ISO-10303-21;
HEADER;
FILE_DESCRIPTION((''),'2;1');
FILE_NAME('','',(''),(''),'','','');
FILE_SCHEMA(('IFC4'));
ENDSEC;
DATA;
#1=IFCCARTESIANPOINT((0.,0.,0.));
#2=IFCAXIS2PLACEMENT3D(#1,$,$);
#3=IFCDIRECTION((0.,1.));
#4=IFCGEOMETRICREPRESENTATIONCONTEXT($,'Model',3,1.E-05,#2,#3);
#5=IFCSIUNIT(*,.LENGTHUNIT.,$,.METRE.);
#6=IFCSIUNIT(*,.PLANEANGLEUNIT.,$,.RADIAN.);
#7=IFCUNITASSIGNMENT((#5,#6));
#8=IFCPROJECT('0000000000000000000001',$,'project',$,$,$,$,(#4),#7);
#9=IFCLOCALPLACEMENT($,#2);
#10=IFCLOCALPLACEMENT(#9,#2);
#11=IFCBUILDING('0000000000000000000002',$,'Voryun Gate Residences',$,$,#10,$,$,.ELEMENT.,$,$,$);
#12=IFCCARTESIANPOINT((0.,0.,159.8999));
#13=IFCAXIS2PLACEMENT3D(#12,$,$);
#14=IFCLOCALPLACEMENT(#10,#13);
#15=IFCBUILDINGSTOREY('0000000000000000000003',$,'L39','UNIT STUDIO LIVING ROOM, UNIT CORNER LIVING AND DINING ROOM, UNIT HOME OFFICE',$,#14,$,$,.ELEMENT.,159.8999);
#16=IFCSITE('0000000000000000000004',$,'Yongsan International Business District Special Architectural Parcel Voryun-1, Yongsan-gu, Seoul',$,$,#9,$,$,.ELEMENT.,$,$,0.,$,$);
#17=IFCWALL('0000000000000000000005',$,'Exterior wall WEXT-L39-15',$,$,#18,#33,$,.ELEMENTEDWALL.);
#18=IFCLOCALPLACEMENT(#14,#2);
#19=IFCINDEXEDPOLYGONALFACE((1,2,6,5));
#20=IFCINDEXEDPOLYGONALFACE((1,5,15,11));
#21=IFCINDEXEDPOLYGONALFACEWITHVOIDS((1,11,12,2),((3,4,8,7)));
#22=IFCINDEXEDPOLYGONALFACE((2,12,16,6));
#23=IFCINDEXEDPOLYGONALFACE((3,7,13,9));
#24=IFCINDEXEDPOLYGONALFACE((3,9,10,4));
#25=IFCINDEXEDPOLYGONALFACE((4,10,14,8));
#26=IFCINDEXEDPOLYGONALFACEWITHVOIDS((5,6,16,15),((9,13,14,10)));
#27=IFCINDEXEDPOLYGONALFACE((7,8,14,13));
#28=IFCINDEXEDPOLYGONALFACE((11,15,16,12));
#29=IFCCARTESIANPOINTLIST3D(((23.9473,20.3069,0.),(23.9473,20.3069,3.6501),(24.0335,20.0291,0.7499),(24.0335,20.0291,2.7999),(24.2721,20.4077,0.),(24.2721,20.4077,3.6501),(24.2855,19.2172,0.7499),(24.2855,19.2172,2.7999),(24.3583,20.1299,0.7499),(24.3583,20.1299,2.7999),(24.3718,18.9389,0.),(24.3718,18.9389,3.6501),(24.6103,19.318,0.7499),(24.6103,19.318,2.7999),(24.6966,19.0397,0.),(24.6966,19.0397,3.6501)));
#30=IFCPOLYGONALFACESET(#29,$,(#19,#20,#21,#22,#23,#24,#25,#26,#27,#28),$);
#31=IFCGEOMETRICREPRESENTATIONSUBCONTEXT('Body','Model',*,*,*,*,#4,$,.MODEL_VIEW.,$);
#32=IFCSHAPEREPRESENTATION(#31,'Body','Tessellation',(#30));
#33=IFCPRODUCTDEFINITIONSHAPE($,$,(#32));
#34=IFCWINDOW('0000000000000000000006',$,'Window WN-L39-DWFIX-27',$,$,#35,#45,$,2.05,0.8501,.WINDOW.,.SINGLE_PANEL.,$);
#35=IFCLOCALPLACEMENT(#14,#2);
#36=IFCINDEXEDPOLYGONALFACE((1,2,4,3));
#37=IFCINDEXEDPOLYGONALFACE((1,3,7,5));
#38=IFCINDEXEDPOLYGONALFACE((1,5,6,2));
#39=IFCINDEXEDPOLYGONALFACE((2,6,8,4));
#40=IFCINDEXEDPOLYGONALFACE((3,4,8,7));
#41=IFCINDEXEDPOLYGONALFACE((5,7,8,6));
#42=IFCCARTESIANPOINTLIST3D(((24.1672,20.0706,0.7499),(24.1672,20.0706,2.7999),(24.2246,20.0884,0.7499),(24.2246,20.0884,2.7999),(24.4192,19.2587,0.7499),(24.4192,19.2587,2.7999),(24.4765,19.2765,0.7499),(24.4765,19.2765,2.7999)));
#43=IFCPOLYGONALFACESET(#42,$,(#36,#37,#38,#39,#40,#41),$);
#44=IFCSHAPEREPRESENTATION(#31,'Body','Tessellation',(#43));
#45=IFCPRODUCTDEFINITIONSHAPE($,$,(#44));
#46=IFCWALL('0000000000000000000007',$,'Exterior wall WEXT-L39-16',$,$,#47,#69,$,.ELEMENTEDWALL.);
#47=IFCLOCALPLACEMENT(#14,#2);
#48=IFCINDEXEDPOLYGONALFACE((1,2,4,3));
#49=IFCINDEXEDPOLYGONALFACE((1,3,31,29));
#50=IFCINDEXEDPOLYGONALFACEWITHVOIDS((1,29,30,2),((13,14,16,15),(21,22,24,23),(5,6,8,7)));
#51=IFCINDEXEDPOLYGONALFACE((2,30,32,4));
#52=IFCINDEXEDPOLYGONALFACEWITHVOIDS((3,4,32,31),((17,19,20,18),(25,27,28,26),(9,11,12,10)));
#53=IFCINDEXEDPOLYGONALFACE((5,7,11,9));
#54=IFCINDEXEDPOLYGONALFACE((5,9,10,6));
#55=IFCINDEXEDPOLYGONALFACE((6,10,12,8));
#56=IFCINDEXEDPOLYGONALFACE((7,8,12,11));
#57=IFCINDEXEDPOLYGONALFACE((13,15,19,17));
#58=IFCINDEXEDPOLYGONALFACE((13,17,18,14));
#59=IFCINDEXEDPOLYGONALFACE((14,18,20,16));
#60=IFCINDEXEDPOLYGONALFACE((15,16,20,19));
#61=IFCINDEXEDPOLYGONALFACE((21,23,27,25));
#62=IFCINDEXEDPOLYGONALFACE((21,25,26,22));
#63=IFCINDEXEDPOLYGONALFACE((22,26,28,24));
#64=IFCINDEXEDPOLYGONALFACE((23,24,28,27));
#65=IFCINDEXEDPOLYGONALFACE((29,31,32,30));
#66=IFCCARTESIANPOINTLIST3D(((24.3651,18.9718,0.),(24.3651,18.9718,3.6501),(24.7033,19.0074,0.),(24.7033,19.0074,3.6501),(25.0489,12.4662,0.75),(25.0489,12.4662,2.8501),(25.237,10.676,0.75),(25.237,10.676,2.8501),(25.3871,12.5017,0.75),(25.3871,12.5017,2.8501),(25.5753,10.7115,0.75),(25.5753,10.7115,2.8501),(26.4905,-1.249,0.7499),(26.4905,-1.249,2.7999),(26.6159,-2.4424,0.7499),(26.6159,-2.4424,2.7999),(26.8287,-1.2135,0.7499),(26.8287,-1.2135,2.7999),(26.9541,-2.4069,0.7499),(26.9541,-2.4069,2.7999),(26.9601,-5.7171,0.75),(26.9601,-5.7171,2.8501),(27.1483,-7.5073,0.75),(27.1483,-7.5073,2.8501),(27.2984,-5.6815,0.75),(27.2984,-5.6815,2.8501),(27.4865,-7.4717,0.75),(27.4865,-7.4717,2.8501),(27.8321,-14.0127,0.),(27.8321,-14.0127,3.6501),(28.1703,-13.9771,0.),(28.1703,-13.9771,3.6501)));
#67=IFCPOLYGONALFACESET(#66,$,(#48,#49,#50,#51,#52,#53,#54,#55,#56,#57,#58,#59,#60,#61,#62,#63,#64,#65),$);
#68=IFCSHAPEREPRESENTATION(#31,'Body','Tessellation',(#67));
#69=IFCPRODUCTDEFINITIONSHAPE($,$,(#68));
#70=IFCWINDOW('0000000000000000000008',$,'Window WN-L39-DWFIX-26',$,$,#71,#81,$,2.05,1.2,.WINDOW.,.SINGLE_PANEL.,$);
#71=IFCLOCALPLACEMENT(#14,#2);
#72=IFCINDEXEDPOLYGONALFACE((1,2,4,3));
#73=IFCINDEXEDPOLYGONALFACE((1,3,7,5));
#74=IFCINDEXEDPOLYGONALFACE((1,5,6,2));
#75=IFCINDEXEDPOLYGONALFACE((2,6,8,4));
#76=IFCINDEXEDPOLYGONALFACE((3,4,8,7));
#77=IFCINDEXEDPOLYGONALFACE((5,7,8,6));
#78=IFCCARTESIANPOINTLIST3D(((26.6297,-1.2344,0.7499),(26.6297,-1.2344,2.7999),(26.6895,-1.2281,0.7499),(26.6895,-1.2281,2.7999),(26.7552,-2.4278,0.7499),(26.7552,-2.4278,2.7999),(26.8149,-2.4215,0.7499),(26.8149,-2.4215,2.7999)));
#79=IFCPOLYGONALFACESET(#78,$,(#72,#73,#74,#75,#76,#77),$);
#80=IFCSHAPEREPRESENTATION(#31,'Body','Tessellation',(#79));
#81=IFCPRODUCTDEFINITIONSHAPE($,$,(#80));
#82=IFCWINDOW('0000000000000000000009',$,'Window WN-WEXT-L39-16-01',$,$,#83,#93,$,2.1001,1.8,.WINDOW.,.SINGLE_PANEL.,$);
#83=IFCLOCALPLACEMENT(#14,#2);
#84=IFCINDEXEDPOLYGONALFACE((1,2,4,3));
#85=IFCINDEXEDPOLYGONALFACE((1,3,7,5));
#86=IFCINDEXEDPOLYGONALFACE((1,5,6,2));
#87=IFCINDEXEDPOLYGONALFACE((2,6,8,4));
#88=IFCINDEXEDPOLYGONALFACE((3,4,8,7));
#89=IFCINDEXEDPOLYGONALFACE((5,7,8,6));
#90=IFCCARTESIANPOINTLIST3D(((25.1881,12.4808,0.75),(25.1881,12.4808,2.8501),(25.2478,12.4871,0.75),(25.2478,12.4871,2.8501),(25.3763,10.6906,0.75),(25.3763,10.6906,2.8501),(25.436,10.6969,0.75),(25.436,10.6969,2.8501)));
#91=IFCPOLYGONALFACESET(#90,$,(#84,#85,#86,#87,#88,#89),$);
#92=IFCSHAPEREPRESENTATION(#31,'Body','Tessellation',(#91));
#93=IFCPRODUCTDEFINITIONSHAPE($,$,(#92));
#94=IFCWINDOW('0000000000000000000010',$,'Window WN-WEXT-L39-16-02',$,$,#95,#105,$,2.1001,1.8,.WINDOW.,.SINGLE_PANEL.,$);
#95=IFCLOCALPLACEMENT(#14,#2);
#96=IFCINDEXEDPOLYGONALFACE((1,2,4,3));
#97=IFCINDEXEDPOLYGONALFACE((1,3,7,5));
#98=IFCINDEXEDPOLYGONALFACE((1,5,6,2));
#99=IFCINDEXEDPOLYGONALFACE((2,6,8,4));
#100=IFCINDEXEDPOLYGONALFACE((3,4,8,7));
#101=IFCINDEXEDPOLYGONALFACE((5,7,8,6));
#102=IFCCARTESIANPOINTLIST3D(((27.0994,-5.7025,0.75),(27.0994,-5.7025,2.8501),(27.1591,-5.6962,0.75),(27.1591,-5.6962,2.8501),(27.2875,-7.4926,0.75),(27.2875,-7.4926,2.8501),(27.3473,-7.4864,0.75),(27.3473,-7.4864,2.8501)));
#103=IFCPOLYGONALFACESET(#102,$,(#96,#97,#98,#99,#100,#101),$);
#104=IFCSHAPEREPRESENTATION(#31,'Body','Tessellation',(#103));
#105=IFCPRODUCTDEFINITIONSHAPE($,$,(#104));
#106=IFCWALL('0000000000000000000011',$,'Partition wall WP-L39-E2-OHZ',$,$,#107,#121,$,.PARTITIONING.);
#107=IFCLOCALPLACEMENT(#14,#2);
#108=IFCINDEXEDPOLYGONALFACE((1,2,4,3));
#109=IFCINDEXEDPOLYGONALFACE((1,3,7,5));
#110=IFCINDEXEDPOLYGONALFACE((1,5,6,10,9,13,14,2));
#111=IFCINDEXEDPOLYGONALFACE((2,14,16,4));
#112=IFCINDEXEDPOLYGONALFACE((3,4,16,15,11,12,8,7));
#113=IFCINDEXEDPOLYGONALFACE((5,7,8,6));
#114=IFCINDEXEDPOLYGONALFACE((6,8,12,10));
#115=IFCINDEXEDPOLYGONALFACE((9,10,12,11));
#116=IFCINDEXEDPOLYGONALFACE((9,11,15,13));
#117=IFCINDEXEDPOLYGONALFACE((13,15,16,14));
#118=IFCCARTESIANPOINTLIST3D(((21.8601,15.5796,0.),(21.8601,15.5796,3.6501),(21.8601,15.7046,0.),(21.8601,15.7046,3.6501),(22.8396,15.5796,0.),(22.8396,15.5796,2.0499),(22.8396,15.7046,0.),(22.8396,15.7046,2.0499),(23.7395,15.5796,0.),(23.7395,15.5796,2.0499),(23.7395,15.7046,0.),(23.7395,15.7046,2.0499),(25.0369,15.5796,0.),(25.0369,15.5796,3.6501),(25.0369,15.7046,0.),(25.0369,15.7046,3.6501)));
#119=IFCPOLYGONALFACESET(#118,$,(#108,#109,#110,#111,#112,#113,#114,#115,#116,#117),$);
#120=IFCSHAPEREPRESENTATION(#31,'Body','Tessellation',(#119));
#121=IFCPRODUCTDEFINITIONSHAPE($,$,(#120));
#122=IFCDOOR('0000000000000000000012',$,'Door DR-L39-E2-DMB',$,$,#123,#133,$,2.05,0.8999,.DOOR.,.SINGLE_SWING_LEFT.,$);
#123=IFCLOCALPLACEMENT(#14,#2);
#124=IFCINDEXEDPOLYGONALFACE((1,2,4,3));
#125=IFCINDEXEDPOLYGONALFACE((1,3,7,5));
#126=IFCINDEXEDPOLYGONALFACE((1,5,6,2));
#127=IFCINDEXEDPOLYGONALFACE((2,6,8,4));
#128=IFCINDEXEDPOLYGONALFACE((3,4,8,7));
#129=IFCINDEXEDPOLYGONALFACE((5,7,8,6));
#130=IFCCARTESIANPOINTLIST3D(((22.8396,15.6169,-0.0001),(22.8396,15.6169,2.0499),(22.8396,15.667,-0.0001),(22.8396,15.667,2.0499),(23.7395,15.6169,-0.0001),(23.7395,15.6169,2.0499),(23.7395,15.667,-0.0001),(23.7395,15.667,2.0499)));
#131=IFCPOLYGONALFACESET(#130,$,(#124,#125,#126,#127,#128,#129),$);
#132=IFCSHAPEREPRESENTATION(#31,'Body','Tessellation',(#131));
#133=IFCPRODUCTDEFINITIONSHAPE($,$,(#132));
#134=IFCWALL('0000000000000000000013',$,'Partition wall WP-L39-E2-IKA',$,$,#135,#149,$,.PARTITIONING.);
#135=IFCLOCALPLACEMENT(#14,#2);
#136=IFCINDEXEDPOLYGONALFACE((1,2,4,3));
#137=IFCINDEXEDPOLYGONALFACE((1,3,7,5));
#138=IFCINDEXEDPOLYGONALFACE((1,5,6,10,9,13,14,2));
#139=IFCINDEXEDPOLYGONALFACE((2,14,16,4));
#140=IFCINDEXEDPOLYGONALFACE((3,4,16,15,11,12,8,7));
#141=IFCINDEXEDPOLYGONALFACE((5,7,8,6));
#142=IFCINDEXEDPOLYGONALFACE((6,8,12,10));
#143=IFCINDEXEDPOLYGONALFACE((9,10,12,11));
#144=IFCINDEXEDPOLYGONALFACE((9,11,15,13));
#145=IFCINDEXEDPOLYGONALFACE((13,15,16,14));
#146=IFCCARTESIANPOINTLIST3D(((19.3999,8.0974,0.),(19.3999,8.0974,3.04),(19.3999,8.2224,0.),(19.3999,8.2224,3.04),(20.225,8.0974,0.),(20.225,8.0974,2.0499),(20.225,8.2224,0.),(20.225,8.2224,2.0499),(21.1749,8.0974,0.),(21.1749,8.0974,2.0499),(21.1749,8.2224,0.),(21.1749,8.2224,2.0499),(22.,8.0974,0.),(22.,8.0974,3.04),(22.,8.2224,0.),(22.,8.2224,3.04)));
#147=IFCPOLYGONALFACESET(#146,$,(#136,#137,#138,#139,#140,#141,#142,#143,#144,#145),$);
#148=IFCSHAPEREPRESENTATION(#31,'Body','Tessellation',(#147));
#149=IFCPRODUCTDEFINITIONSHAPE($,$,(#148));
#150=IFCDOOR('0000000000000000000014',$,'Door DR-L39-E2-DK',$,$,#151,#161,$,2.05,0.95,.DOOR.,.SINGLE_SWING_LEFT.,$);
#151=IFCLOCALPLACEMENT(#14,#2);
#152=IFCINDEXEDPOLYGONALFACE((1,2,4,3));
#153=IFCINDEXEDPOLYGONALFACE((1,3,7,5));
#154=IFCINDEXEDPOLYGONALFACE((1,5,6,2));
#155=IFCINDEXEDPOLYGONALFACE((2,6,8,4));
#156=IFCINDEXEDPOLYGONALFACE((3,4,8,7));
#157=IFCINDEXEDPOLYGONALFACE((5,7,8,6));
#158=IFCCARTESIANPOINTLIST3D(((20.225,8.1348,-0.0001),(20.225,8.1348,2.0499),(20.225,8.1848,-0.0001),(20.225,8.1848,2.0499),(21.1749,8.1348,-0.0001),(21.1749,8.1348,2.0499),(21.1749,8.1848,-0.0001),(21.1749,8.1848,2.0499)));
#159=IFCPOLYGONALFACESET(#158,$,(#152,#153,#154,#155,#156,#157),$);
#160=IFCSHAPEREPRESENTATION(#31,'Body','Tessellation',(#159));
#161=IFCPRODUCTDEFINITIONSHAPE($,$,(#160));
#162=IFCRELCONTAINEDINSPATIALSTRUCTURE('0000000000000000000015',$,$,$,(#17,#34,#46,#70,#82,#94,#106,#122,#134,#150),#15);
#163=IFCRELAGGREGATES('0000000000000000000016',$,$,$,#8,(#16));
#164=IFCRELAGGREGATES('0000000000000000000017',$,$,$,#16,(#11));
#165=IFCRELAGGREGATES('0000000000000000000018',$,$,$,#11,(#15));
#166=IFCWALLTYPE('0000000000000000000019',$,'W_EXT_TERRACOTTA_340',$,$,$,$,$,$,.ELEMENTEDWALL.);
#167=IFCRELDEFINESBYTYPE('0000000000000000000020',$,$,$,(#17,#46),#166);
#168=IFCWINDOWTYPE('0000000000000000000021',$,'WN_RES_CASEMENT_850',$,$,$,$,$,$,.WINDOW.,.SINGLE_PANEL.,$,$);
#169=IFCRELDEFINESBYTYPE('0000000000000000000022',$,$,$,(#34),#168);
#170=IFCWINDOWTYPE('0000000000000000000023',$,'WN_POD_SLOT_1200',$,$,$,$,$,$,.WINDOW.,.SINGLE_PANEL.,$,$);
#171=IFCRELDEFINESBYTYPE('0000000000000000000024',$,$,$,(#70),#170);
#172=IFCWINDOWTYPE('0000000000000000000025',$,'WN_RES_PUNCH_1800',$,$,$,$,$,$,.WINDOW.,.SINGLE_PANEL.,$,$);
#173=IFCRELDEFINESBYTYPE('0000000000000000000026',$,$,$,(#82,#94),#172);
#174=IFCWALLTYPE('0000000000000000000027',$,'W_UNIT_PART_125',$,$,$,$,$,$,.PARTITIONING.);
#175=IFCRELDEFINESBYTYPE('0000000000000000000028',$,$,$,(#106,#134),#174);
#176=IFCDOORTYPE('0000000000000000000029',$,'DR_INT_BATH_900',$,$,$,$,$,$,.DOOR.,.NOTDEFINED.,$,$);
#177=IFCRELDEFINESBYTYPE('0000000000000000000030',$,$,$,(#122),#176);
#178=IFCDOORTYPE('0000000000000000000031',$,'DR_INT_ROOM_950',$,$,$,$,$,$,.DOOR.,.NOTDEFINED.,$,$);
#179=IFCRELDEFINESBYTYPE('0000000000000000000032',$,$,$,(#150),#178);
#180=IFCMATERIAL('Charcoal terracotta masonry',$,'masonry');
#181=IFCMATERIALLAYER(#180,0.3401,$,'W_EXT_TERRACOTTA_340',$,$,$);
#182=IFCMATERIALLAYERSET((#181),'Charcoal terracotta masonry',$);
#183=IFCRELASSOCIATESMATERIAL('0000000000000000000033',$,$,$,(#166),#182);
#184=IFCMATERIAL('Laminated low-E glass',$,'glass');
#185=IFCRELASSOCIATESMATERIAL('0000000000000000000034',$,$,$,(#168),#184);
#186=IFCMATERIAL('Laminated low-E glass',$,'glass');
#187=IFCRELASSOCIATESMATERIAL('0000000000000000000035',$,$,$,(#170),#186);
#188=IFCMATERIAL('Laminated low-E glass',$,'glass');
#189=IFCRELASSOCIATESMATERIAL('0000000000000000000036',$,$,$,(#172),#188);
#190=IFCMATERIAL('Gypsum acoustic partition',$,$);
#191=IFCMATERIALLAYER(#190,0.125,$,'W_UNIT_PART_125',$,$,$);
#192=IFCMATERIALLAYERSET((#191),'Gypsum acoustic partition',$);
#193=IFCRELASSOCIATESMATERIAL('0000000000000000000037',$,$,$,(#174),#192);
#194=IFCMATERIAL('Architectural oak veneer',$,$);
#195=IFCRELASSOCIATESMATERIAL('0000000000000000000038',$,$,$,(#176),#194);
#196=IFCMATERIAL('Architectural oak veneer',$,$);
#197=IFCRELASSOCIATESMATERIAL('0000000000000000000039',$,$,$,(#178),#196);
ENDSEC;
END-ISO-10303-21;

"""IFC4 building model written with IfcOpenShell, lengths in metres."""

from ifc_helpers import new_model, si_unit, direction, frame, frame_2d, origin, place, context, subcontext, project, spatial, rectangle, extrude, material, layer, layer_set, type_object, element, fill, save


model = new_model("IFC4")

# Units and contexts
model_context = context("Model", 3, precision=1e-05, world=origin(), true_north=direction((0.0, 1.0)))
body_context = subcontext(model_context, "Body", "Model", "MODEL_VIEW")
ifc_project = project(units=[si_unit("LENGTHUNIT", "METRE"), si_unit("PLANEANGLEUNIT", "RADIAN")], contexts=[model_context])

# Site, building, storey
site_placement = place(None, origin())
site = spatial("IfcSite", under=ifc_project, at=site_placement, Name="Yongsan International Business District Special Architectural Parcel Voryun-1, Yongsan-gu, Seoul", CompositionType="ELEMENT", RefElevation=0.0)
building_placement = place(site_placement, origin())
building = spatial("IfcBuilding", under=site, at=building_placement, Name="Voryun Gate Residences", CompositionType="ELEMENT")
storey_placement = place(building_placement, frame((0.0, 0.0, 159.8999)))
storey = spatial("IfcBuildingStorey", under=building, at=storey_placement, Name="L39", Description="UNIT STUDIO LIVING ROOM, UNIT CORNER LIVING AND DINING ROOM, UNIT HOME OFFICE", CompositionType="ELEMENT", Elevation=159.8999)

# Shared definitions
ifc_material_1 = material(Name="Charcoal terracotta masonry", Category="masonry")
ifc_layer_1 = layer(ifc_material_1, 0.3401, Name="W_EXT_TERRACOTTA_340")
ifc_layer_set_1 = layer_set([ifc_layer_1], Name="Charcoal terracotta masonry")
wall_type_1 = type_object("IfcWallType", Name="W_EXT_TERRACOTTA_340", PredefinedType="ELEMENTEDWALL", material=ifc_layer_set_1)

# Wall, opening, window
wall_1_placement = place(storey_placement, frame((24.1096, 20.3574, 0.0), z_axis=(0.0, 0.0, 1.0), x_axis=(0.296421, -0.955057, 0.0)))
wall_1 = element("IfcWall", 1, at=wall_1_placement, inside=storey, type_object=wall_type_1, Name="Exterior wall WEXT-L39-15", PredefinedType="ELEMENTEDWALL", context=body_context, shape_type="SweptSolid", body=[
    extrude(rectangle(XDim=1.4324, YDim=0.3401, at=frame_2d((0.7163, 0.0))), origin(), (0.0, 0.0, 1.0), 3.6501),
])
opening_1_placement = place(wall_1_placement, frame((0.291, 0.0, 0.75)))
opening_1 = element("IfcOpeningElement", 2, at=opening_1_placement, cuts=wall_1, PredefinedType="OPENING", context=body_context, shape_type="SweptSolid", body=[
    extrude(rectangle(XDim=0.8501, YDim=2.05, at=frame_2d((0.425, 1.0249))), frame((0.0, 0.1799, 0.0), z_axis=(0.0, -1.0, 0.0), x_axis=(1.0, 0.0, 0.0)), (0.0, 0.0, 1.0), 0.3601),
])
ifc_material_2 = material(Name="Laminated low-E glass", Category="glass")
window_type_1 = type_object("IfcWindowType", Name="WN_RES_CASEMENT_850", PartitioningType="SINGLE_PANEL", PredefinedType="WINDOW", material=ifc_material_2)
window_1_placement = place(opening_1_placement, origin())
window_1 = element("IfcWindow", 3, at=window_1_placement, inside=storey, type_object=window_type_1, Name="Window WN-L39-DWFIX-27", OverallHeight=2.05, OverallWidth=0.8501, PartitioningType="SINGLE_PANEL", PredefinedType="WINDOW", context=body_context, shape_type="SweptSolid", body=[
    extrude(rectangle(XDim=0.8501, YDim=2.05, at=frame_2d((0.425, 1.0249))), frame((0.0, 0.03, 0.0), z_axis=(0.0, -1.0, 0.0), x_axis=(1.0, 0.0, 0.0)), (0.0, 0.0, 1.0), 0.0601),
])
fill(opening_1, window_1)

# Wall, openings, windows
wall_2_placement = place(storey_placement, frame((24.5342, 18.9895, 0.0), z_axis=(0.0, 0.0, 1.0), x_axis=(0.104535, -0.994521, 0.0)))
wall_2 = element("IfcWall", 4, at=wall_2_placement, inside=storey, type_object=wall_type_1, Name="Exterior wall WEXT-L39-16", PredefinedType="ELEMENTEDWALL", context=body_context, shape_type="SweptSolid", body=[
    extrude(rectangle(XDim=33.1663, YDim=0.3401, at=frame_2d((16.583, 0.0))), origin(), (0.0, 0.0, 1.0), 3.6501),
])
opening_2_placement = place(wall_2_placement, frame((6.5415, 0.0, 0.75)))
opening_2 = element("IfcOpeningElement", 5, at=opening_2_placement, cuts=wall_2, PredefinedType="OPENING", context=body_context, shape_type="SweptSolid", body=[
    extrude(rectangle(XDim=1.8, YDim=2.1001, at=frame_2d((0.8999, 1.05))), frame((0.0, 0.1799, 0.0), z_axis=(0.0, -1.0, 0.0), x_axis=(1.0, 0.0, 0.0)), (0.0, 0.0, 1.0), 0.3601),
])
opening_3_placement = place(wall_2_placement, frame((24.825, 0.0, 0.75)))
opening_3 = element("IfcOpeningElement", 6, at=opening_3_placement, cuts=wall_2, PredefinedType="OPENING", context=body_context, shape_type="SweptSolid", body=[
    extrude(rectangle(XDim=1.8, YDim=2.1001, at=frame_2d((0.8999, 1.05))), frame((0.0, 0.1799, 0.0), z_axis=(0.0, -1.0, 0.0), x_axis=(1.0, 0.0, 0.0)), (0.0, 0.0, 1.0), 0.3601),
])
opening_4_placement = place(wall_2_placement, frame((20.332, 0.0, 0.75)))
opening_4 = element("IfcOpeningElement", 7, at=opening_4_placement, cuts=wall_2, PredefinedType="OPENING", context=body_context, shape_type="SweptSolid", body=[
    extrude(rectangle(XDim=1.2, YDim=2.05, at=frame_2d((0.6001, 1.0249))), frame((0.0, 0.1799, 0.0), z_axis=(0.0, -1.0, 0.0), x_axis=(1.0, 0.0, 0.0)), (0.0, 0.0, 1.0), 0.3601),
])
ifc_material_3 = material(Name="Laminated low-E glass", Category="glass")
window_type_2 = type_object("IfcWindowType", Name="WN_POD_SLOT_1200", PartitioningType="SINGLE_PANEL", PredefinedType="WINDOW", material=ifc_material_3)
window_2_placement = place(opening_4_placement, origin())
window_2 = element("IfcWindow", 8, at=window_2_placement, inside=storey, type_object=window_type_2, Name="Window WN-L39-DWFIX-26", OverallHeight=2.05, OverallWidth=1.2, PartitioningType="SINGLE_PANEL", PredefinedType="WINDOW", context=body_context, shape_type="SweptSolid", body=[
    extrude(rectangle(XDim=1.2, YDim=2.05, at=frame_2d((0.6001, 1.0249))), frame((0.0, 0.03, 0.0), z_axis=(0.0, -1.0, 0.0), x_axis=(1.0, 0.0, 0.0)), (0.0, 0.0, 1.0), 0.0601),
])
fill(opening_4, window_2)
ifc_material_4 = material(Name="Laminated low-E glass", Category="glass")
window_type_3 = type_object("IfcWindowType", Name="WN_RES_PUNCH_1800", PartitioningType="SINGLE_PANEL", PredefinedType="WINDOW", material=ifc_material_4)
window_3_placement = place(opening_2_placement, origin())
window_3 = element("IfcWindow", 9, at=window_3_placement, inside=storey, type_object=window_type_3, Name="Window WN-WEXT-L39-16-01", OverallHeight=2.1001, OverallWidth=1.8, PartitioningType="SINGLE_PANEL", PredefinedType="WINDOW", context=body_context, shape_type="SweptSolid", body=[
    extrude(rectangle(XDim=1.8, YDim=2.1001, at=frame_2d((0.8999, 1.05))), frame((0.0, 0.03, 0.0), z_axis=(0.0, -1.0, 0.0), x_axis=(1.0, 0.0, 0.0)), (0.0, 0.0, 1.0), 0.0601),
])
fill(opening_2, window_3)
window_4_placement = place(opening_3_placement, origin())
window_4 = element("IfcWindow", 10, at=window_4_placement, inside=storey, type_object=window_type_3, Name="Window WN-WEXT-L39-16-02", OverallHeight=2.1001, OverallWidth=1.8, PartitioningType="SINGLE_PANEL", PredefinedType="WINDOW", context=body_context, shape_type="SweptSolid", body=[
    extrude(rectangle(XDim=1.8, YDim=2.1001, at=frame_2d((0.8999, 1.05))), frame((0.0, 0.03, 0.0), z_axis=(0.0, -1.0, 0.0), x_axis=(1.0, 0.0, 0.0)), (0.0, 0.0, 1.0), 0.0601),
])
fill(opening_3, window_4)

# Walls, openings, doors
ifc_material_5 = material(Name="Gypsum acoustic partition")
ifc_layer_2 = layer(ifc_material_5, 0.125, Name="W_UNIT_PART_125")
ifc_layer_set_2 = layer_set([ifc_layer_2], Name="Gypsum acoustic partition")
wall_type_2 = type_object("IfcWallType", Name="W_UNIT_PART_125", PredefinedType="PARTITIONING", material=ifc_layer_set_2)
wall_3_placement = place(storey_placement, frame((21.8601, 15.6421, 0.0), z_axis=(0.0, 0.0, 1.0), x_axis=(1.0, 0.0, 0.0)))
wall_3 = element("IfcWall", 11, at=wall_3_placement, inside=storey, type_object=wall_type_2, Name="Partition wall WP-L39-E2-OHZ", PredefinedType="PARTITIONING", context=body_context, shape_type="SweptSolid", body=[
    extrude(rectangle(XDim=3.1768, YDim=0.125, at=frame_2d((1.5884, 0.0))), origin(), (0.0, 0.0, 1.0), 3.6501),
])
opening_5_placement = place(wall_3_placement, frame((0.9795, 0.0, 0.0)))
opening_5 = element("IfcOpeningElement", 12, at=opening_5_placement, cuts=wall_3, PredefinedType="OPENING", context=body_context, shape_type="SweptSolid", body=[
    extrude(rectangle(XDim=0.8999, YDim=2.05, at=frame_2d((0.45, 1.0249))), frame((0.0, 0.0725, 0.0), z_axis=(0.0, -1.0, 0.0), x_axis=(1.0, 0.0, 0.0)), (0.0, 0.0, 1.0), 0.145),
])
ifc_material_6 = material(Name="Architectural oak veneer")
door_type_1 = type_object("IfcDoorType", Name="DR_INT_BATH_900", OperationType="NOTDEFINED", PredefinedType="DOOR", material=ifc_material_6)
door_1_placement = place(opening_5_placement, origin())
door_1 = element("IfcDoor", 13, at=door_1_placement, inside=storey, type_object=door_type_1, Name="Door DR-L39-E2-DMB", OperationType="SINGLE_SWING_LEFT", OverallHeight=2.05, OverallWidth=0.8999, PredefinedType="DOOR", context=body_context, shape_type="SweptSolid", body=[
    extrude(rectangle(XDim=0.8999, YDim=2.05, at=frame_2d((0.45, 1.0249))), frame((0.0, 0.0249, 0.0), z_axis=(0.0, -1.0, 0.0), x_axis=(1.0, 0.0, 0.0)), (0.0, 0.0, 1.0), 0.05),
])
fill(opening_5, door_1)
wall_4_placement = place(storey_placement, frame((19.3999, 8.1599, 0.0), z_axis=(0.0, 0.0, 1.0), x_axis=(1.0, 0.0, 0.0)))
wall_4 = element("IfcWall", 14, at=wall_4_placement, inside=storey, type_object=wall_type_2, Name="Partition wall WP-L39-E2-IKA", PredefinedType="PARTITIONING", context=body_context, shape_type="SweptSolid", body=[
    extrude(rectangle(XDim=2.6001, YDim=0.125, at=frame_2d((1.3, 0.0))), origin(), (0.0, 0.0, 1.0), 3.04),
])
opening_6_placement = place(wall_4_placement, frame((0.825, 0.0, 0.0)))
opening_6 = element("IfcOpeningElement", 15, at=opening_6_placement, cuts=wall_4, PredefinedType="OPENING", context=body_context, shape_type="SweptSolid", body=[
    extrude(rectangle(XDim=0.95, YDim=2.05, at=frame_2d((0.4751, 1.0249))), frame((0.0, 0.0725, 0.0), z_axis=(0.0, -1.0, 0.0), x_axis=(1.0, 0.0, 0.0)), (0.0, 0.0, 1.0), 0.145),
])
ifc_material_7 = material(Name="Architectural oak veneer")
door_type_2 = type_object("IfcDoorType", Name="DR_INT_ROOM_950", OperationType="NOTDEFINED", PredefinedType="DOOR", material=ifc_material_7)
door_2_placement = place(opening_6_placement, origin())
door_2 = element("IfcDoor", 16, at=door_2_placement, inside=storey, type_object=door_type_2, Name="Door DR-L39-E2-DK", OperationType="SINGLE_SWING_LEFT", OverallHeight=2.05, OverallWidth=0.95, PredefinedType="DOOR", context=body_context, shape_type="SweptSolid", body=[
    extrude(rectangle(XDim=0.95, YDim=2.05, at=frame_2d((0.4751, 1.0249))), frame((0.0, 0.0249, 0.0), z_axis=(0.0, -1.0, 0.0), x_axis=(1.0, 0.0, 0.0)), (0.0, 0.0, 1.0), 0.05),
])
fill(opening_6, door_2)

save(model, "model.ifc")
